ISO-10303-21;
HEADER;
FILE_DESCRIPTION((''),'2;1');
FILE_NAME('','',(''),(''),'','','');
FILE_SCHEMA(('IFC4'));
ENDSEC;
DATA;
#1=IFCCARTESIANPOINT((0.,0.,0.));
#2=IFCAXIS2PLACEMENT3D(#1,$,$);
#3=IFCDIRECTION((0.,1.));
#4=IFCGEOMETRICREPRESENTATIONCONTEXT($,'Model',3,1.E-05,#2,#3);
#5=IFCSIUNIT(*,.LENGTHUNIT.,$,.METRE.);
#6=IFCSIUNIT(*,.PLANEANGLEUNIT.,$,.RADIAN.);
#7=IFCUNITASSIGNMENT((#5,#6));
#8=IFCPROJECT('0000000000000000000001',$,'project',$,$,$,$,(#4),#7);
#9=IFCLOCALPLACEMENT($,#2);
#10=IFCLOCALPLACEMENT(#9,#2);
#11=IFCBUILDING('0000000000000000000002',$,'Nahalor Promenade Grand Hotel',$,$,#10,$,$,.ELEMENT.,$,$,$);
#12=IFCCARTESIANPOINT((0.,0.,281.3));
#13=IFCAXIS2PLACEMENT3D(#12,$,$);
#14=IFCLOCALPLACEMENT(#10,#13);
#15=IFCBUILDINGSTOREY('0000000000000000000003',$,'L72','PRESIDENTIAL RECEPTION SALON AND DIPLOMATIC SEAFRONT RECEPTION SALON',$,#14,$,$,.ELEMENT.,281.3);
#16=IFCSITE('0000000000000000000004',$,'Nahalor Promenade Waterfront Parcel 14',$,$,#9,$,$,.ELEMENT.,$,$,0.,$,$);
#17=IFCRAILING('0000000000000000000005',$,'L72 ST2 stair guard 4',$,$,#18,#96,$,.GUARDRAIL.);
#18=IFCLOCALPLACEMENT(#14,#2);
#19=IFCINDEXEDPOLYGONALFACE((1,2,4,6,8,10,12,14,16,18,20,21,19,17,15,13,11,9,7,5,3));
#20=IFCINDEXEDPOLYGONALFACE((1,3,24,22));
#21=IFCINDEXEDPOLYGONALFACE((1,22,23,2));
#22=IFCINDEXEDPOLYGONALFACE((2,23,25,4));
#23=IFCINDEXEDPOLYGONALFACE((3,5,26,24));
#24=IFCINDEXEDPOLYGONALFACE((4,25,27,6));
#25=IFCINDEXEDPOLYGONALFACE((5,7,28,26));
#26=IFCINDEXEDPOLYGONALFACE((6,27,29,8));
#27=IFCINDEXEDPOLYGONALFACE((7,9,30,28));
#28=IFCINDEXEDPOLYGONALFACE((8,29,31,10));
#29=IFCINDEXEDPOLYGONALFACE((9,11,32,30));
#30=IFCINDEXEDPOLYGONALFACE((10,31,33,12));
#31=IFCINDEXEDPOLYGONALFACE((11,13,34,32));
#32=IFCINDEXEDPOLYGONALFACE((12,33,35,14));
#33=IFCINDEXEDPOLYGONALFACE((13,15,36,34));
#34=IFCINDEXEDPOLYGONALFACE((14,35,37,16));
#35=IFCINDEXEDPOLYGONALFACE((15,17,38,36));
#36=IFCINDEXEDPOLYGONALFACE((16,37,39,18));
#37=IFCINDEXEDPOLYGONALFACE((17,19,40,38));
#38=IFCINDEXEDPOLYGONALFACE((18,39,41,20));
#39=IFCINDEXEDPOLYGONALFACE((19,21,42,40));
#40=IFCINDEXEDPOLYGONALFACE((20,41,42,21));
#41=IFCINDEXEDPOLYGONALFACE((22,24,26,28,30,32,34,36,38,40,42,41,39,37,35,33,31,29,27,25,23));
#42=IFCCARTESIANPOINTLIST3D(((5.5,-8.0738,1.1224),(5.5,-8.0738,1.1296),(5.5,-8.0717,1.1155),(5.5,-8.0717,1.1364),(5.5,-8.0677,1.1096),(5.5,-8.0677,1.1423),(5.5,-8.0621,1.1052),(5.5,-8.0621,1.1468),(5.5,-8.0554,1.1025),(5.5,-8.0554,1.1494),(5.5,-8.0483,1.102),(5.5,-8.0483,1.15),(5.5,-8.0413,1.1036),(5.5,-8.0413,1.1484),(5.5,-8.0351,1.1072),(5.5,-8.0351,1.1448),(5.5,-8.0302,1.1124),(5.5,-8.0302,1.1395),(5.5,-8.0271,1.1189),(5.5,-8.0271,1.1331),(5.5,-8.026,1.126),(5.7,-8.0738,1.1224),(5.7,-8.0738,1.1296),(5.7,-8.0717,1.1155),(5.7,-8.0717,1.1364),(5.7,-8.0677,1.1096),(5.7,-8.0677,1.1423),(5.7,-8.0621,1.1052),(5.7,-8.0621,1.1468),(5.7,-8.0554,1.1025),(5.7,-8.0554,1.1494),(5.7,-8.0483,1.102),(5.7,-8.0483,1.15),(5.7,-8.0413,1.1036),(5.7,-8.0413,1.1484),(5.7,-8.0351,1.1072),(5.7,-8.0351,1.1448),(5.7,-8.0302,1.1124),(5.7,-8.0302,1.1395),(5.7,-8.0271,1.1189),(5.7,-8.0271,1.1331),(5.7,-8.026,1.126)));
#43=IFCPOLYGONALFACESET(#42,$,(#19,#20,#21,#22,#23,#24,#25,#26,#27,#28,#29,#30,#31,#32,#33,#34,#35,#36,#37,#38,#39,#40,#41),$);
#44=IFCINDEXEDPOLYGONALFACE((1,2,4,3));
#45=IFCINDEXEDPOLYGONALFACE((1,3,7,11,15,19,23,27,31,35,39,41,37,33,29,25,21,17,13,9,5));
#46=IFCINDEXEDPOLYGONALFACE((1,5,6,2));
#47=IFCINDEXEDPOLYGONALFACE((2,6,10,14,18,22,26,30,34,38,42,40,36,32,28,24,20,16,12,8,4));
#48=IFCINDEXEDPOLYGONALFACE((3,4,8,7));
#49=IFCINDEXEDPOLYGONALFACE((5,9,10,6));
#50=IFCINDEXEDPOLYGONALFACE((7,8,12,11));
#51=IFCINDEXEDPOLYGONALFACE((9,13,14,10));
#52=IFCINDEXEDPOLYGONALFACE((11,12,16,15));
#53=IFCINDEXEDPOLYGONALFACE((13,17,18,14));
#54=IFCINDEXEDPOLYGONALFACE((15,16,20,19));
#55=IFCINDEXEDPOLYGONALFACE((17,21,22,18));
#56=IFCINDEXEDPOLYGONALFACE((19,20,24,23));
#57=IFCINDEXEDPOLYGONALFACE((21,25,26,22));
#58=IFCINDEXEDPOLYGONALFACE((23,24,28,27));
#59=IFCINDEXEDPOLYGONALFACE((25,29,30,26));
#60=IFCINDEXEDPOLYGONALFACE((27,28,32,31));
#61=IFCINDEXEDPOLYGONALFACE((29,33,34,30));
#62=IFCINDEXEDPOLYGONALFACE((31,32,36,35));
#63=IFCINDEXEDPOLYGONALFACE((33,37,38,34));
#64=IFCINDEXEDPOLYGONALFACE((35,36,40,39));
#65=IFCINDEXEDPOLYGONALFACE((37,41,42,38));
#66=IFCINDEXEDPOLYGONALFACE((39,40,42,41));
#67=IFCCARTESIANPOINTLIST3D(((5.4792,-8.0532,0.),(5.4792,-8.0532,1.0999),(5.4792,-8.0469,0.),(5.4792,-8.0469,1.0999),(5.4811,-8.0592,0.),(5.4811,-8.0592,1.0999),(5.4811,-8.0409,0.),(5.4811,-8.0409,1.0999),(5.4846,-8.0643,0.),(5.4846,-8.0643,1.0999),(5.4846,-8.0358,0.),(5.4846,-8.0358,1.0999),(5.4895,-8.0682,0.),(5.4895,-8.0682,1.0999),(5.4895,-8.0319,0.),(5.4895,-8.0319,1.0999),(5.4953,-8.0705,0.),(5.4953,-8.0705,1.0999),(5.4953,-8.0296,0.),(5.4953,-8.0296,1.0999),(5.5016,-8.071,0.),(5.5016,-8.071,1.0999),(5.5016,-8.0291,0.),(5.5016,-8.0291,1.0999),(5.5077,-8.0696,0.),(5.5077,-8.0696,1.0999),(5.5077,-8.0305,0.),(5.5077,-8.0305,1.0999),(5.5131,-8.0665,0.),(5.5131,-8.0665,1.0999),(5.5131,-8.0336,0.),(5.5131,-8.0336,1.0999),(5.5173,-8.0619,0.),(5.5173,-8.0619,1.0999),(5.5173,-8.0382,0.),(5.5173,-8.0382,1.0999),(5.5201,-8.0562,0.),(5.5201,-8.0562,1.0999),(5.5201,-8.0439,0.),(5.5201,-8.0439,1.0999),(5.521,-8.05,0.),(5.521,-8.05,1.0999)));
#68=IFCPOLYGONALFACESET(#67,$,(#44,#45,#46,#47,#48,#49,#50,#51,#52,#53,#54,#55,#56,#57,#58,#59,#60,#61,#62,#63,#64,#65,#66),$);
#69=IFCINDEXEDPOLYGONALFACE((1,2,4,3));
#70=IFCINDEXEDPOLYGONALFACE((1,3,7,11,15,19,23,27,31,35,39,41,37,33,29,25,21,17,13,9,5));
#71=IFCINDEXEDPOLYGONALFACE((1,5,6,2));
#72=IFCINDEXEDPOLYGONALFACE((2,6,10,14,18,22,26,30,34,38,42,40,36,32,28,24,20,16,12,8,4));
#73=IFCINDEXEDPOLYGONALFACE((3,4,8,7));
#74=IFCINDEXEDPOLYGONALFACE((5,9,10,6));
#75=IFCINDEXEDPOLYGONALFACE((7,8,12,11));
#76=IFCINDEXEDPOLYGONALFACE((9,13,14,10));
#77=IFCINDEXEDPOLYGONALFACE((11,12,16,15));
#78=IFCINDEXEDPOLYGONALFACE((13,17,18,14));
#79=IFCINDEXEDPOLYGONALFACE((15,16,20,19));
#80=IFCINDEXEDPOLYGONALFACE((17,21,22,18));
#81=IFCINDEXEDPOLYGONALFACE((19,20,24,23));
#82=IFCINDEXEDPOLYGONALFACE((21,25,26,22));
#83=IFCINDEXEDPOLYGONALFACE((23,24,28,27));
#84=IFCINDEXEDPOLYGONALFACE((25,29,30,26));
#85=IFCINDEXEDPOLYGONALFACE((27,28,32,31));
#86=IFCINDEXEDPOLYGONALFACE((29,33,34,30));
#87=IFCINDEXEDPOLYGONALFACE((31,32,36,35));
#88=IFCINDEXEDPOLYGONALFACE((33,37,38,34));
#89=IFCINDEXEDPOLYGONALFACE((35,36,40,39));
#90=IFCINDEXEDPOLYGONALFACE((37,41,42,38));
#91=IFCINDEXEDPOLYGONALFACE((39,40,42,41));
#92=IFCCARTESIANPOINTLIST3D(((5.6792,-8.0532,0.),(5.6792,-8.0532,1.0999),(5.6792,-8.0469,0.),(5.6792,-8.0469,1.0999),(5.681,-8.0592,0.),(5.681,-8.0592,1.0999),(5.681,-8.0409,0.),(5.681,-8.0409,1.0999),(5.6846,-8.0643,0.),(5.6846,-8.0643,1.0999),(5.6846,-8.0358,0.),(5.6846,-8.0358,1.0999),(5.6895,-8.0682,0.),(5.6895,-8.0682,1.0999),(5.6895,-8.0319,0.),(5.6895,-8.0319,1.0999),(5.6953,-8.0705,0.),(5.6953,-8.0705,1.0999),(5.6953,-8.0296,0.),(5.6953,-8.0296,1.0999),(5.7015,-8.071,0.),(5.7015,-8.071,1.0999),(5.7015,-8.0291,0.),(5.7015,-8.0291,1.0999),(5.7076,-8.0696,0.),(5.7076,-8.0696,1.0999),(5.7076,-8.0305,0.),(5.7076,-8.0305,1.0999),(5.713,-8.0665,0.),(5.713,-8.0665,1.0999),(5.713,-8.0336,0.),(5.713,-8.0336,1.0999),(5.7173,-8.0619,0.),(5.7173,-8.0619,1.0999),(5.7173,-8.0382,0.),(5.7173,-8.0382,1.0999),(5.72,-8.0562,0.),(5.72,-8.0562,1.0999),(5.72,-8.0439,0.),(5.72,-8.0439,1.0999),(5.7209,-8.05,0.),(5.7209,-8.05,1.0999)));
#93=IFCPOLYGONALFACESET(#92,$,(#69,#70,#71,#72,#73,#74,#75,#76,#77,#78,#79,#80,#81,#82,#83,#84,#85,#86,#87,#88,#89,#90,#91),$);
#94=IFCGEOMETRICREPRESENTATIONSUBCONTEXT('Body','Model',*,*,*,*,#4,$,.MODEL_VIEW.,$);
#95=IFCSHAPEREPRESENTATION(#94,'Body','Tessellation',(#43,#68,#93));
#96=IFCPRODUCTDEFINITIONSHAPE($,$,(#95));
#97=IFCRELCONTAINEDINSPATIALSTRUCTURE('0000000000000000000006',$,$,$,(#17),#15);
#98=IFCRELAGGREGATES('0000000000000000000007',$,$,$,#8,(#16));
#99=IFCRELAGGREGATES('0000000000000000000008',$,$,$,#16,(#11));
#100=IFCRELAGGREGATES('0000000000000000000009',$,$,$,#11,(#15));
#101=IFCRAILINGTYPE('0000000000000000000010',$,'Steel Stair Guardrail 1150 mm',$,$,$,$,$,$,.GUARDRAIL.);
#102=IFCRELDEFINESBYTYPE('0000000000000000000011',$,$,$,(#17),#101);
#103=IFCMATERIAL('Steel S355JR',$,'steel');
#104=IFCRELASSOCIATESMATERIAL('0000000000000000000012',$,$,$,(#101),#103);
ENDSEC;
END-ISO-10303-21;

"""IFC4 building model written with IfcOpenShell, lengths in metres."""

from ifc_helpers import new_model, si_unit, direction, frame, origin, origin_2d, place, context, subcontext, project, spatial, circle, extrude, material, type_object, element, save


model = new_model("IFC4")

# Units and contexts
model_context = context("Model", 3, precision=1e-05, world=origin(), true_north=direction((0.0, 1.0)))
body_context = subcontext(model_context, "Body", "Model", "MODEL_VIEW")
ifc_project = project(units=[si_unit("LENGTHUNIT", "METRE"), si_unit("PLANEANGLEUNIT", "RADIAN")], contexts=[model_context])

# Site, building, storey
site_placement = place(None, origin())
site = spatial("IfcSite", under=ifc_project, at=site_placement, Name="Nahalor Promenade Waterfront Parcel 14", CompositionType="ELEMENT", RefElevation=0.0)
building_placement = place(site_placement, origin())
building = spatial("IfcBuilding", under=site, at=building_placement, Name="Nahalor Promenade Grand Hotel", CompositionType="ELEMENT")
storey_placement = place(building_placement, frame((0.0, 0.0, 281.3)))
storey = spatial("IfcBuildingStorey", under=building, at=storey_placement, Name="L72", Description="PRESIDENTIAL RECEPTION SALON AND DIPLOMATIC SEAFRONT RECEPTION SALON", CompositionType="ELEMENT", Elevation=281.3)

# Shared definitions
ifc_material_1 = material(Name="Steel S355JR", Category="steel")

# Railing
railing_type_1 = type_object("IfcRailingType", Name="Steel Stair Guardrail 1150 mm", PredefinedType="GUARDRAIL", material=ifc_material_1)
railing_1_placement = place(storey_placement, frame((5.5, -8.05, 0.0)))
element("IfcRailing", 1, at=railing_1_placement, inside=storey, type_object=railing_type_1, Name="L72 ST2 stair guard 4", PredefinedType="GUARDRAIL", context=body_context, shape_type="SweptSolid", body=[
    extrude(circle(Radius=0.024, at=origin_2d()), frame((0.0, 0.0, 1.126), z_axis=(1.0, 0.0, 0.0), x_axis=(0.0, 1.0, 0.0)), (0.0, 0.0, 1.0), 0.2),
    extrude(circle(Radius=0.021, at=origin_2d()), origin(), (0.0, 0.0, 1.0), 1.0999),
    extrude(circle(Radius=0.021, at=origin_2d()), frame((0.2, 0.0, 0.0)), (0.0, 0.0, 1.0), 1.0999),
])

save(model, "model.ifc")
